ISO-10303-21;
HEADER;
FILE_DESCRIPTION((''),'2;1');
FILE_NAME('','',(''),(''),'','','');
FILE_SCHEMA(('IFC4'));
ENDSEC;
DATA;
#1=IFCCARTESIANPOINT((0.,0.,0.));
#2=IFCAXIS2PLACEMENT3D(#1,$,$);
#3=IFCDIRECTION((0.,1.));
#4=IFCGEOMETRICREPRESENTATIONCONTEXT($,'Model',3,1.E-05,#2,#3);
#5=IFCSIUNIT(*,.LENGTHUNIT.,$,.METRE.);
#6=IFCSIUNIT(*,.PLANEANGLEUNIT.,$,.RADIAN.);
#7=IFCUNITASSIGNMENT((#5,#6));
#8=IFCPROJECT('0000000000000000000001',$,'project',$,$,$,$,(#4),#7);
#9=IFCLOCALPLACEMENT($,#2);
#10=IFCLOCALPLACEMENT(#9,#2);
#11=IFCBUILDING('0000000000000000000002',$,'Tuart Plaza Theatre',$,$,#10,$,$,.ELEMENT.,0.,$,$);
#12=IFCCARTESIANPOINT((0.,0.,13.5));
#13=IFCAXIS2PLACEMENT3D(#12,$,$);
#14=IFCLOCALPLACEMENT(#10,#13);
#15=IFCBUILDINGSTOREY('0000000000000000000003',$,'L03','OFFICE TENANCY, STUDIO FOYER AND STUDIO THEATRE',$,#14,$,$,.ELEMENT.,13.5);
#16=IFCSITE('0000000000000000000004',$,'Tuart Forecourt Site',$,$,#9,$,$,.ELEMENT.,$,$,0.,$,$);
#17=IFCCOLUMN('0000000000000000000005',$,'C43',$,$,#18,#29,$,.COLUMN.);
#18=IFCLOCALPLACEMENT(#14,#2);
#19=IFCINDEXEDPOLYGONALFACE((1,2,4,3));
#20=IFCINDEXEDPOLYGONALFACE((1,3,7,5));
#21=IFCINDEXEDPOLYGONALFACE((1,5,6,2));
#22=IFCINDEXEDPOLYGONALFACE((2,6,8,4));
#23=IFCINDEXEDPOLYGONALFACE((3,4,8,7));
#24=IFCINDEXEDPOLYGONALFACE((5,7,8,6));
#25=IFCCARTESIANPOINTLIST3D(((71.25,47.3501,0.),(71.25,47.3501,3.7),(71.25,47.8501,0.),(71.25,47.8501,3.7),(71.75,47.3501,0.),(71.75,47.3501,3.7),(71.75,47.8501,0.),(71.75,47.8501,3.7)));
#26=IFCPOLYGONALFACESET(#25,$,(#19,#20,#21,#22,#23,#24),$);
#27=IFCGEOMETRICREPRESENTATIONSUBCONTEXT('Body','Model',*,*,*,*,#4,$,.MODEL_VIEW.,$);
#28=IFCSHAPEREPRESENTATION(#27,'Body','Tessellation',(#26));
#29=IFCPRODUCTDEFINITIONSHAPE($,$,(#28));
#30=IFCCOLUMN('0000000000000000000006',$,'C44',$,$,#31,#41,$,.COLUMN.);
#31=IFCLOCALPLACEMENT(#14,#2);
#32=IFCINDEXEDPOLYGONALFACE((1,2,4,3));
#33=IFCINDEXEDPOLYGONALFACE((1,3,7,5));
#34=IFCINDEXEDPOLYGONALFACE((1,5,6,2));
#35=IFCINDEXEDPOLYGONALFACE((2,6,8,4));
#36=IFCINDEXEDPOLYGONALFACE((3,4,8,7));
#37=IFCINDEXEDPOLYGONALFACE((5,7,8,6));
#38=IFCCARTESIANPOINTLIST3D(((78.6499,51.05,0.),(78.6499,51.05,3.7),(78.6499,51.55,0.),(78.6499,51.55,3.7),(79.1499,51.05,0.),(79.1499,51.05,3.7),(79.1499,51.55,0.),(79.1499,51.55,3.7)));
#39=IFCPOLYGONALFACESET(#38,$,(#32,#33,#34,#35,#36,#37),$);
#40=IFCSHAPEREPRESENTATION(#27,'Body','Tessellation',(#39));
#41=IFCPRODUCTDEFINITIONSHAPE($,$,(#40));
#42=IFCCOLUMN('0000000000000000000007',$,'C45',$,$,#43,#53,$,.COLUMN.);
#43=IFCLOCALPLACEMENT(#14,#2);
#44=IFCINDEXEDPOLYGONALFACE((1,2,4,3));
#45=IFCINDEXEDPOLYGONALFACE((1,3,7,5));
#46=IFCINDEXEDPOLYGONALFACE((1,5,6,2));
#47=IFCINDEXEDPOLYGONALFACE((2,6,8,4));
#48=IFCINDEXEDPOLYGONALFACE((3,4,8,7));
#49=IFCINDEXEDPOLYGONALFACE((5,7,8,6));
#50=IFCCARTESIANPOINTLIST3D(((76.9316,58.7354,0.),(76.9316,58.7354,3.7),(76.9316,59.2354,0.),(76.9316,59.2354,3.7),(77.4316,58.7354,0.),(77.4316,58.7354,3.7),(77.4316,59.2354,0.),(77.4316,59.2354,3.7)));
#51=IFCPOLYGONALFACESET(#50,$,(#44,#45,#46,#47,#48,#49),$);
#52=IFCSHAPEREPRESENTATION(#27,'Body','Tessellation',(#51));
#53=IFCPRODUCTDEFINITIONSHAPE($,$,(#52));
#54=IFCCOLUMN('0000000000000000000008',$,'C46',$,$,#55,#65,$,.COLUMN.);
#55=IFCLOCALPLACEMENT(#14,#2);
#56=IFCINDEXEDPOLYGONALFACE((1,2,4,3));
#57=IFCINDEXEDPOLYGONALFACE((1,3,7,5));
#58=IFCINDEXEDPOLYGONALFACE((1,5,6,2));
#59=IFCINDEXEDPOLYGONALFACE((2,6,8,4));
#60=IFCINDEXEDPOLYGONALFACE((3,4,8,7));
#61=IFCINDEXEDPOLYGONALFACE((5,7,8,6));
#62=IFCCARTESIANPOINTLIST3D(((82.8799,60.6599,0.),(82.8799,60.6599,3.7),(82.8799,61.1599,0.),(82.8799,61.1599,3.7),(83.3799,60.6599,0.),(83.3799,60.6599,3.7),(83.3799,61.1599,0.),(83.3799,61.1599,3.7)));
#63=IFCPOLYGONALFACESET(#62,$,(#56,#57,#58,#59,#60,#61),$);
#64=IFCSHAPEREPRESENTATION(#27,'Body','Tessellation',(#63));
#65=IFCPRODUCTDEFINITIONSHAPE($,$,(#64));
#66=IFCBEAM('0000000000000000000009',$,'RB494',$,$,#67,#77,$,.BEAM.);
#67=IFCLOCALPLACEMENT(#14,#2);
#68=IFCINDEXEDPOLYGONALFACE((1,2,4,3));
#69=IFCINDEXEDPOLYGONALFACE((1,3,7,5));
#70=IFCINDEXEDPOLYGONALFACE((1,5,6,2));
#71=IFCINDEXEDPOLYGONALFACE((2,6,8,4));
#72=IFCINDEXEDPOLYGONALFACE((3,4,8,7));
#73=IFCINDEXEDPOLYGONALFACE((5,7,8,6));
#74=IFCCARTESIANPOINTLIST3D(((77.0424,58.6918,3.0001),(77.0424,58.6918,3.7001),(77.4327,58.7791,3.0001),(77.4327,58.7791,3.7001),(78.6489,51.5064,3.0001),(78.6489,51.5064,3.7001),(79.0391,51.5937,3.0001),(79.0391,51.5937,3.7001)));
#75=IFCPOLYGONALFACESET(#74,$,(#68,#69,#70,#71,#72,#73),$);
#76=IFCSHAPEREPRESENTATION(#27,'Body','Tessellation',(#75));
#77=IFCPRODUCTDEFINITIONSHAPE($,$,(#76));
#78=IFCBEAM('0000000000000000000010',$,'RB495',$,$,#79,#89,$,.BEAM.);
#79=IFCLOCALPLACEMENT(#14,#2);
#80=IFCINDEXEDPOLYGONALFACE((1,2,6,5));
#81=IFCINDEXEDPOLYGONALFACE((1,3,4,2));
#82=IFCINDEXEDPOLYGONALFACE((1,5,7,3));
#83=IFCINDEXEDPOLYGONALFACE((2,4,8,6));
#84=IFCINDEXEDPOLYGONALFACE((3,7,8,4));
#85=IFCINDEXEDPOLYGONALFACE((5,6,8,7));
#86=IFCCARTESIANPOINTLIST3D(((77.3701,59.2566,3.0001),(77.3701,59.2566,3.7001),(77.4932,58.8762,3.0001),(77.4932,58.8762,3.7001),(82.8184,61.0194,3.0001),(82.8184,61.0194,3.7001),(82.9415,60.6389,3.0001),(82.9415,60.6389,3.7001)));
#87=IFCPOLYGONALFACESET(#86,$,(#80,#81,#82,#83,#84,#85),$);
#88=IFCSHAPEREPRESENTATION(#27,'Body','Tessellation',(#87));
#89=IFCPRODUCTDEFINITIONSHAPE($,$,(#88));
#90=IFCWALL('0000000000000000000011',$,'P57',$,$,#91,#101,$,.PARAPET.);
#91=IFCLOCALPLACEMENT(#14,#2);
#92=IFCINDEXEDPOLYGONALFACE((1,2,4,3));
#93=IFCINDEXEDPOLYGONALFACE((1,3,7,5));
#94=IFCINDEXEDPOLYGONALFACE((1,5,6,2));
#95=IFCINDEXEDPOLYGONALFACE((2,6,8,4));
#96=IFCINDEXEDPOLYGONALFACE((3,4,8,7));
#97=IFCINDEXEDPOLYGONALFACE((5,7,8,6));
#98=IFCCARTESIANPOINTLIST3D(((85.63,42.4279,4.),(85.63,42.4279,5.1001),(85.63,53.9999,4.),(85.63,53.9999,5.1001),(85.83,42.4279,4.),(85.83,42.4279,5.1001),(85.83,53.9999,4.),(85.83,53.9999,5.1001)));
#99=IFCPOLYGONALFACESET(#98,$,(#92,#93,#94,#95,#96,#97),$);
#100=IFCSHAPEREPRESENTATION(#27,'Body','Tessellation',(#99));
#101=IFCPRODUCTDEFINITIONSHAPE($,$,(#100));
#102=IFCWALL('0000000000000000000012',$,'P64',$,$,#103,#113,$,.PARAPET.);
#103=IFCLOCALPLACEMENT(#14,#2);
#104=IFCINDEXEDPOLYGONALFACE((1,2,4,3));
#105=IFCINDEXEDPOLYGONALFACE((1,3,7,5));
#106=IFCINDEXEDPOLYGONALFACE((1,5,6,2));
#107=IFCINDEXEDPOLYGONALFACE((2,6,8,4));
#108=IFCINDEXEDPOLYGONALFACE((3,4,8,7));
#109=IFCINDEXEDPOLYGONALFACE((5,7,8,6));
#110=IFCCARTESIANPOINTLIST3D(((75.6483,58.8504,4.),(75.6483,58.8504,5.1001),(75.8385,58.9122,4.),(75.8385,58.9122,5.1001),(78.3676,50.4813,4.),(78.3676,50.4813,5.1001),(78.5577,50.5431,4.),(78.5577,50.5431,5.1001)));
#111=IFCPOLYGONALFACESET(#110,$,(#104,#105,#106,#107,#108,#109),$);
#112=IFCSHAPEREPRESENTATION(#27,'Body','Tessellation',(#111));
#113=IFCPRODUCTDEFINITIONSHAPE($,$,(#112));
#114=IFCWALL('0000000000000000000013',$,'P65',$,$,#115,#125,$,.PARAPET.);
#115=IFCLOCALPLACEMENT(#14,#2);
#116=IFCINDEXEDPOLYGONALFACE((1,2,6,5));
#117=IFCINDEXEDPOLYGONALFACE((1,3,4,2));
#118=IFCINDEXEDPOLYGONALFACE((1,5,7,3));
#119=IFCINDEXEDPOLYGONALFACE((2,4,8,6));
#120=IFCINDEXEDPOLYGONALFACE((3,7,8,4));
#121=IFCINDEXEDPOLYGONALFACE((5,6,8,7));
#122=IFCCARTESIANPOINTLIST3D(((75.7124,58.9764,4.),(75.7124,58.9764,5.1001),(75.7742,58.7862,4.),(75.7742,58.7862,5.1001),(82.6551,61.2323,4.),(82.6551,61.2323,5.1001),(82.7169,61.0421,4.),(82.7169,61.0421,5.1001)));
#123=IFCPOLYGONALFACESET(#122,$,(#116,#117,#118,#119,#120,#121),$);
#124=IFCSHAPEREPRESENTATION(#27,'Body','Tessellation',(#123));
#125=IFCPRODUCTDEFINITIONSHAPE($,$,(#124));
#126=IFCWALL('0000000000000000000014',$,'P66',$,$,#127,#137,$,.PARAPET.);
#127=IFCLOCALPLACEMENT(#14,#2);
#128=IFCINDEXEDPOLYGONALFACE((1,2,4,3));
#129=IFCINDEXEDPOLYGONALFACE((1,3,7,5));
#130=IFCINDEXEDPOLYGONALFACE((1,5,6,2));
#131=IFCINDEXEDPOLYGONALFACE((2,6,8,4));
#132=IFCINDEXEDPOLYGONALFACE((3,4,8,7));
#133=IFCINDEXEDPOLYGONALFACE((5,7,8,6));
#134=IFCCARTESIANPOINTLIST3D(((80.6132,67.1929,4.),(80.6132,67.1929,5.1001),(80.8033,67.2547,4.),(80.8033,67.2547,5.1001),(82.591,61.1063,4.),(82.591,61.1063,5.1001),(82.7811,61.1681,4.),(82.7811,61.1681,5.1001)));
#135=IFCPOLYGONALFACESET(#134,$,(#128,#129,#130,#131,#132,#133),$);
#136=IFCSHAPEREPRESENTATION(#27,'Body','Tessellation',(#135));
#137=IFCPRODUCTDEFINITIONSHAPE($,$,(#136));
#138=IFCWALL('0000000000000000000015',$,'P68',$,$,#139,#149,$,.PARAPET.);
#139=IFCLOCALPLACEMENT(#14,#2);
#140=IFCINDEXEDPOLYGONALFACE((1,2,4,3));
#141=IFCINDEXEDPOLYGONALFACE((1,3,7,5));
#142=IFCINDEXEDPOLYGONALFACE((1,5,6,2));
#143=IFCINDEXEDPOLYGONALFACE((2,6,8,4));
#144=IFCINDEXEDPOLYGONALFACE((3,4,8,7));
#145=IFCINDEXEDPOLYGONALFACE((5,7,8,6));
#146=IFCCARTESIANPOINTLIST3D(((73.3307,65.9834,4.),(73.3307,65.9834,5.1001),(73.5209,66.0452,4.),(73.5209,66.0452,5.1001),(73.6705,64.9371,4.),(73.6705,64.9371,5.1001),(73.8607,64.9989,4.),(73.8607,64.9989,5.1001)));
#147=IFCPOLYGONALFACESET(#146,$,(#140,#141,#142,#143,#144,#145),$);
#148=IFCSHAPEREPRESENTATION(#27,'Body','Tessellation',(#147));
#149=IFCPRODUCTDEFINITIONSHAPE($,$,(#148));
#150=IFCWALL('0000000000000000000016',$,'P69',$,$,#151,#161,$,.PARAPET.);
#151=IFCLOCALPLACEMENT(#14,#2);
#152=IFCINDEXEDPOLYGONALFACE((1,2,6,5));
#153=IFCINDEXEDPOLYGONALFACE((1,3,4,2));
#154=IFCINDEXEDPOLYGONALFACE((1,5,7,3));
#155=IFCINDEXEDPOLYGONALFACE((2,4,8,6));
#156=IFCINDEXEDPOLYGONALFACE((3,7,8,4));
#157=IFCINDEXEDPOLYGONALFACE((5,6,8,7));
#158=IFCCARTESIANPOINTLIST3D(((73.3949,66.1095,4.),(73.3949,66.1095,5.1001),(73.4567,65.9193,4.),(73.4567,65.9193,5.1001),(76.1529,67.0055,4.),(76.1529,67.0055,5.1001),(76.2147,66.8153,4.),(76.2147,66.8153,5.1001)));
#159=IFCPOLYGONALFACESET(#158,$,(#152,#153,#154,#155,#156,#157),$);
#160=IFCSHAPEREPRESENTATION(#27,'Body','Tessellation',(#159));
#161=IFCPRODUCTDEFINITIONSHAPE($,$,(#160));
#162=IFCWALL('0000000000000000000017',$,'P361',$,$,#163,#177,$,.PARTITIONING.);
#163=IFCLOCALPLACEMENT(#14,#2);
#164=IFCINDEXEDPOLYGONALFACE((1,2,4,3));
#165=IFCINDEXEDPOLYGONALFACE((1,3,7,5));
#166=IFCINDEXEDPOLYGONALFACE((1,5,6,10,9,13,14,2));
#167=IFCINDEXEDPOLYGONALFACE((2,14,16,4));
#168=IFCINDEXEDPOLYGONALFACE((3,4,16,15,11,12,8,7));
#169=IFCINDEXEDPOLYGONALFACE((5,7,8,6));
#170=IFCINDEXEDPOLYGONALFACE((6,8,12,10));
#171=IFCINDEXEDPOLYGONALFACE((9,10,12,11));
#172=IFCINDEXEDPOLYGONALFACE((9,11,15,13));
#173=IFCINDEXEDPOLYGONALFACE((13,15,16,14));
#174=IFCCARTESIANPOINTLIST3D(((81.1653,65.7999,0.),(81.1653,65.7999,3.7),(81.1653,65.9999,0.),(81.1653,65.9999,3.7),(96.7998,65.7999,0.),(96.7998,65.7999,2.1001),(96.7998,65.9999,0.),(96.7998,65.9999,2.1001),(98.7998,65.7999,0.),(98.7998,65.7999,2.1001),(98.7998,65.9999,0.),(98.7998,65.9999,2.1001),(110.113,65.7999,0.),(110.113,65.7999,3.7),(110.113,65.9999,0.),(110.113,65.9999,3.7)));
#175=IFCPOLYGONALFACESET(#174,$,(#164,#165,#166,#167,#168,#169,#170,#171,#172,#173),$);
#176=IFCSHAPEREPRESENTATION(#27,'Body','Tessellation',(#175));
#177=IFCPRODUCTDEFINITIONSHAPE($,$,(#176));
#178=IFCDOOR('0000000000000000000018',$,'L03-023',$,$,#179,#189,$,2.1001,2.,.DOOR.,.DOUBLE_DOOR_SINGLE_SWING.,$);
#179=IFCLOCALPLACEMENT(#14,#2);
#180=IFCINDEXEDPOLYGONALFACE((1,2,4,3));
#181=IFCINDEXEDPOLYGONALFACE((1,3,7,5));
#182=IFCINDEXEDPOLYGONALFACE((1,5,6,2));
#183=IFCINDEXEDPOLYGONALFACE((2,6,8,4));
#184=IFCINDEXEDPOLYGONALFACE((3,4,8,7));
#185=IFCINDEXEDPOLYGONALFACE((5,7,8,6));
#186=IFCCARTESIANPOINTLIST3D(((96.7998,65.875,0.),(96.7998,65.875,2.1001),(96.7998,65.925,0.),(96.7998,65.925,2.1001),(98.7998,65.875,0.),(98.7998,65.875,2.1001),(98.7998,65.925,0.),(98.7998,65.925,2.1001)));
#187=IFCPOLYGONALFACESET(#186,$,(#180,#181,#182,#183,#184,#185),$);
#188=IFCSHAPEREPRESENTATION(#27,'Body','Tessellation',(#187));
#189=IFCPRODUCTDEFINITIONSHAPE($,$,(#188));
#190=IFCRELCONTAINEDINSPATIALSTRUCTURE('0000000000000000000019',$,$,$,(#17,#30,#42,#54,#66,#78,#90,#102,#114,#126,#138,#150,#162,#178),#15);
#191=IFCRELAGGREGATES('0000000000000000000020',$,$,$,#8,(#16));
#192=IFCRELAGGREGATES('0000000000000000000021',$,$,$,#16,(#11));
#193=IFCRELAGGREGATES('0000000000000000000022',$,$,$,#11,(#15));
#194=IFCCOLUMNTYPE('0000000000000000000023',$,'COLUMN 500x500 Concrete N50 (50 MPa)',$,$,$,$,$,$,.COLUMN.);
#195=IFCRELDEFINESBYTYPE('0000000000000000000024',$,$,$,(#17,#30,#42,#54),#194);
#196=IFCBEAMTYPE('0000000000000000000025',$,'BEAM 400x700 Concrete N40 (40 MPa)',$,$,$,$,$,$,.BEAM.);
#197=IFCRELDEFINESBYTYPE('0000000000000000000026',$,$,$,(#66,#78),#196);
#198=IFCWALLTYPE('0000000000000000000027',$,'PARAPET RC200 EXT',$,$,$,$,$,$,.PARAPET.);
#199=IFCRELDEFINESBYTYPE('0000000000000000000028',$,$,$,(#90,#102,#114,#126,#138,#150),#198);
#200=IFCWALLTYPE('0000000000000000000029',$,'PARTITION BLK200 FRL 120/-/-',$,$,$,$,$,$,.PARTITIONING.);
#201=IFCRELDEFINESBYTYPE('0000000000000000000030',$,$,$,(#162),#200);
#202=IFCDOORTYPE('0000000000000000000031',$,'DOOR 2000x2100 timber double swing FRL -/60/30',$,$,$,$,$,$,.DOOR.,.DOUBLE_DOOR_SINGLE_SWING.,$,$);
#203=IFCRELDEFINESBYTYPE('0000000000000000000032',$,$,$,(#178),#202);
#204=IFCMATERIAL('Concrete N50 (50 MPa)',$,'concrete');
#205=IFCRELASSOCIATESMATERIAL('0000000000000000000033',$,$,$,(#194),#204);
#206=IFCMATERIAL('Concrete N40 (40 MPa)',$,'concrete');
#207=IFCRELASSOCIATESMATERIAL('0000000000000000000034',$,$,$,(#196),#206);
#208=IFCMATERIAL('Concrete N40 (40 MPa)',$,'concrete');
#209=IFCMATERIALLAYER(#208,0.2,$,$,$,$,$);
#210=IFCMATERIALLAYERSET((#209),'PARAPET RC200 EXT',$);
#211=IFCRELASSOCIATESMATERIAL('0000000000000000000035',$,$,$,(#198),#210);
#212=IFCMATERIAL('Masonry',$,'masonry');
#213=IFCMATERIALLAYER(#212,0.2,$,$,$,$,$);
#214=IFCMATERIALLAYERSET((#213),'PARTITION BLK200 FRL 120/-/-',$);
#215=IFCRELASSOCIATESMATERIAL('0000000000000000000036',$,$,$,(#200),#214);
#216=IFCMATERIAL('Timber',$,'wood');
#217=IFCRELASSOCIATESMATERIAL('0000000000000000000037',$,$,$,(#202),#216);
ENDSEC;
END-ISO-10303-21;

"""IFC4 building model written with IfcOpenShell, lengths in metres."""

from ifc_helpers import new_model, si_unit, direction, frame, frame_2d, origin, origin_2d, place, context, subcontext, project, spatial, rectangle, extrude, material, layer, layer_set, material_profile, profile_set, type_object, element, fill, save


model = new_model("IFC4")

# Units and contexts
model_context = context("Model", 3, precision=1e-05, world=origin(), true_north=direction((0.0, 1.0)))
body_context = subcontext(model_context, "Body", "Model", "MODEL_VIEW")
ifc_project = project(units=[si_unit("LENGTHUNIT", "METRE"), si_unit("PLANEANGLEUNIT", "RADIAN")], contexts=[model_context])

# Site, building, storey
site_placement = place(None, origin())
site = spatial("IfcSite", under=ifc_project, at=site_placement, Name="Tuart Forecourt Site", CompositionType="ELEMENT", RefElevation=0.0)
building_placement = place(site_placement, origin())
building = spatial("IfcBuilding", under=site, at=building_placement, Name="Tuart Plaza Theatre", CompositionType="ELEMENT", ElevationOfRefHeight=0.0)
storey_placement = place(building_placement, frame((0.0, 0.0, 13.5)))
storey = spatial("IfcBuildingStorey", under=building, at=storey_placement, Name="L03", Description="OFFICE TENANCY, STUDIO FOYER AND STUDIO THEATRE", CompositionType="ELEMENT", Elevation=13.5)

# Columns
ifc_material_1 = material(Name="Concrete N50 (50 MPa)", Category="concrete")
ifc_material_profile_1 = material_profile(ifc_material_1, rectangle(XDim=0.5, YDim=0.5, at=origin_2d()), Name="COLUMN 500x500 Concrete N50 (50 MPa)")
ifc_profile_set_1 = profile_set([ifc_material_profile_1], Name="Concrete N50 (50 MPa)")
column_type = type_object("IfcColumnType", Name="COLUMN 500x500 Concrete N50 (50 MPa)", PredefinedType="COLUMN", material=ifc_profile_set_1)
for number, where, z_axis, x_axis, name in (
    (1, (71.5, 47.6001, 0.0), (0.0, 0.0, 1.0), (1.0, 0.0, 0.0), "C43"),
    (2, (78.8999, 51.3, 0.0), (0.0, 0.0, 1.0), (1.0, 0.0, 0.0), "C44"),
    (3, (77.1816, 58.9854, 0.0), (0.0, 0.0, 1.0), (1.0, 0.0, 0.0), "C45"),
    (4, (83.1299, 60.9099, 0.0), (0.0, 0.0, 1.0), (1.0, 0.0, 0.0), "C46"),
):
    element("IfcColumn", number, at=place(storey_placement, frame(where, z_axis=z_axis, x_axis=x_axis)), inside=storey, type_object=column_type, Name=name, PredefinedType="COLUMN", context=body_context, shape_type="SweptSolid", body=[
        extrude(rectangle(XDim=0.5, YDim=0.5, at=origin_2d()), origin(), (0.0, 0.0, 1.0), 3.7),
    ])

# Beams
ifc_material_2 = material(Name="Concrete N40 (40 MPa)", Category="concrete")
ifc_material_profile_2 = material_profile(ifc_material_2, rectangle(XDim=0.3999, YDim=0.7, at=origin_2d()), Name="BEAM 400x700 Concrete N40 (40 MPa)")
ifc_profile_set_2 = profile_set([ifc_material_profile_2], Name="Concrete N40 (40 MPa)")
beam_type = type_object("IfcBeamType", Name="BEAM 400x700 Concrete N40 (40 MPa)", PredefinedType="BEAM", material=ifc_profile_set_2)
beam_1_placement = place(storey_placement, frame((78.844, 51.55, 3.3501), z_axis=(-0.218187, 0.975907, 0.0), x_axis=(-0.975907, -0.218187, 0.0)))
element("IfcBeam", 5, at=beam_1_placement, inside=storey, type_object=beam_type, Name="RB494", PredefinedType="BEAM", context=body_context, shape_type="SweptSolid", body=[
    extrude(rectangle(XDim=0.3999, YDim=0.7, at=origin_2d()), origin(), (0.0, 0.0, 1.0), 7.3628),
])
beam_2_placement = place(storey_placement, frame((77.4316, 59.0664, 3.3501), z_axis=(0.951443, 0.307825, 0.0), x_axis=(-0.307825, 0.951443, 0.0)))
element("IfcBeam", 6, at=beam_2_placement, inside=storey, type_object=beam_type, Name="RB495", PredefinedType="BEAM", context=body_context, shape_type="SweptSolid", body=[
    extrude(rectangle(XDim=0.3999, YDim=0.7, at=origin_2d()), origin(), (0.0, 0.0, 1.0), 5.7263),
])

# Walls
ifc_material_3 = material(Name="Concrete N40 (40 MPa)", Category="concrete")
ifc_layer_1 = layer(ifc_material_3, 0.2)
ifc_layer_set_1 = layer_set([ifc_layer_1], Name="PARAPET RC200 EXT")
wall_type_1 = type_object("IfcWallType", Name="PARAPET RC200 EXT", PredefinedType="PARAPET", material=ifc_layer_set_1)
wall_1_placement = place(storey_placement, frame((85.73, 54.0, 4.0), z_axis=(0.0, 0.0, 1.0), x_axis=(0.0, -1.0, 0.0)))
element("IfcWall", 7, at=wall_1_placement, inside=storey, type_object=wall_type_1, Name="P57", PredefinedType="PARAPET", context=body_context, shape_type="SweptSolid", body=[
    extrude(rectangle(XDim=11.572, YDim=0.2, at=frame_2d((5.7861, 0.0))), origin(), (0.0, 0.0, 1.0), 1.1001),
])
wall_2_placement = place(storey_placement, frame((78.4626, 50.5122, 4.0), z_axis=(0.0, 0.0, 1.0), x_axis=(-0.309011, 0.951059, 0.0)))
element("IfcWall", 8, at=wall_2_placement, inside=storey, type_object=wall_type_1, Name="P64", PredefinedType="PARAPET", context=body_context, shape_type="SweptSolid", body=[
    extrude(rectangle(XDim=8.7998, YDim=0.2, at=frame_2d((4.3999, 0.0))), origin(), (0.0, 0.0, 1.0), 1.1001),
])
wall_3_placement = place(storey_placement, frame((75.7434, 58.8813, 4.0), z_axis=(0.0, 0.0, 1.0), x_axis=(0.951054, 0.309025, 0.0)))
element("IfcWall", 9, at=wall_3_placement, inside=storey, type_object=wall_type_1, Name="P65", PredefinedType="PARAPET", context=body_context, shape_type="SweptSolid", body=[
    extrude(rectangle(XDim=7.3, YDim=0.2, at=frame_2d((3.6499, 0.0))), origin(), (0.0, 0.0, 1.0), 1.1001),
])
wall_4_placement = place(storey_placement, frame((82.686, 61.1372, 4.0), z_axis=(0.0, 0.0, 1.0), x_axis=(-0.309032, 0.951052, 0.0)))
element("IfcWall", 10, at=wall_4_placement, inside=storey, type_object=wall_type_1, Name="P66", PredefinedType="PARAPET", context=body_context, shape_type="SweptSolid", body=[
    extrude(rectangle(XDim=6.3999, YDim=0.2, at=frame_2d((3.2, 0.0))), origin(), (0.0, 0.0, 1.0), 1.1001),
])
wall_5_placement = place(storey_placement, frame((73.7656, 64.968, 4.0), z_axis=(0.0, 0.0, 1.0), x_axis=(-0.308895, 0.951096, 0.0)))
element("IfcWall", 11, at=wall_5_placement, inside=storey, type_object=wall_type_1, Name="P68", PredefinedType="PARAPET", context=body_context, shape_type="SweptSolid", body=[
    extrude(rectangle(XDim=1.1001, YDim=0.2, at=frame_2d((0.55, 0.0))), origin(), (0.0, 0.0, 1.0), 1.1001),
])
wall_6_placement = place(storey_placement, frame((73.4258, 66.0144, 4.0), z_axis=(0.0, 0.0, 1.0), x_axis=(0.951072, 0.30897, 0.0)))
element("IfcWall", 12, at=wall_6_placement, inside=storey, type_object=wall_type_1, Name="P69", PredefinedType="PARAPET", context=body_context, shape_type="SweptSolid", body=[
    extrude(rectangle(XDim=2.8999, YDim=0.2, at=frame_2d((1.45, 0.0))), origin(), (0.0, 0.0, 1.0), 1.1001),
])

# Wall, opening, door
ifc_material_4 = material(Name="Masonry", Category="masonry")
ifc_layer_2 = layer(ifc_material_4, 0.2)
ifc_layer_set_2 = layer_set([ifc_layer_2], Name="PARTITION BLK200 FRL 120/-/-")
wall_type_2 = type_object("IfcWallType", Name="PARTITION BLK200 FRL 120/-/-", PredefinedType="PARTITIONING", material=ifc_layer_set_2)
wall_7_placement = place(storey_placement, frame((81.1653, 65.8999, 0.0), z_axis=(0.0, 0.0, 1.0), x_axis=(1.0, 0.0, 0.0)))
wall_7 = element("IfcWall", 13, at=wall_7_placement, inside=storey, type_object=wall_type_2, Name="P361", PredefinedType="PARTITIONING", context=body_context, shape_type="SweptSolid", body=[
    extrude(rectangle(XDim=28.9478, YDim=0.2, at=frame_2d((14.4739, 0.0))), origin(), (0.0, 0.0, 1.0), 3.7),
])
opening_placement = place(wall_7_placement, frame((15.6345, 0.0, 0.0)))
opening = element("IfcOpeningElement", 14, at=opening_placement, cuts=wall_7, PredefinedType="OPENING", context=body_context, shape_type="SweptSolid", body=[
    extrude(rectangle(XDim=2.0, YDim=2.1001, at=frame_2d((1.0, 1.05))), frame((0.0, 0.1099, 0.0), z_axis=(0.0, -1.0, 0.0), x_axis=(1.0, 0.0, 0.0)), (0.0, 0.0, 1.0), 0.22),
])
ifc_material_5 = material(Name="Timber", Category="wood")
door_type = type_object("IfcDoorType", Name="DOOR 2000x2100 timber double swing FRL -/60/30", OperationType="DOUBLE_DOOR_SINGLE_SWING", PredefinedType="DOOR", material=ifc_material_5)
door_placement = place(opening_placement, frame((2.0, 0.0, 0.0), z_axis=(0.0, 0.0, 1.0), x_axis=(-1.0, 0.0, 0.0)))
door = element("IfcDoor", 15, at=door_placement, inside=storey, type_object=door_type, Name="L03-023", OperationType="DOUBLE_DOOR_SINGLE_SWING", OverallHeight=2.1001, OverallWidth=2.0, PredefinedType="DOOR", context=body_context, shape_type="SweptSolid", body=[
    extrude(rectangle(XDim=2.0, YDim=2.1001, at=frame_2d((1.0, 1.05))), frame((0.0, 0.0249, 0.0), z_axis=(0.0, -1.0, 0.0), x_axis=(1.0, 0.0, 0.0)), (0.0, 0.0, 1.0), 0.05),
])
fill(opening, door)

save(model, "model.ifc")
